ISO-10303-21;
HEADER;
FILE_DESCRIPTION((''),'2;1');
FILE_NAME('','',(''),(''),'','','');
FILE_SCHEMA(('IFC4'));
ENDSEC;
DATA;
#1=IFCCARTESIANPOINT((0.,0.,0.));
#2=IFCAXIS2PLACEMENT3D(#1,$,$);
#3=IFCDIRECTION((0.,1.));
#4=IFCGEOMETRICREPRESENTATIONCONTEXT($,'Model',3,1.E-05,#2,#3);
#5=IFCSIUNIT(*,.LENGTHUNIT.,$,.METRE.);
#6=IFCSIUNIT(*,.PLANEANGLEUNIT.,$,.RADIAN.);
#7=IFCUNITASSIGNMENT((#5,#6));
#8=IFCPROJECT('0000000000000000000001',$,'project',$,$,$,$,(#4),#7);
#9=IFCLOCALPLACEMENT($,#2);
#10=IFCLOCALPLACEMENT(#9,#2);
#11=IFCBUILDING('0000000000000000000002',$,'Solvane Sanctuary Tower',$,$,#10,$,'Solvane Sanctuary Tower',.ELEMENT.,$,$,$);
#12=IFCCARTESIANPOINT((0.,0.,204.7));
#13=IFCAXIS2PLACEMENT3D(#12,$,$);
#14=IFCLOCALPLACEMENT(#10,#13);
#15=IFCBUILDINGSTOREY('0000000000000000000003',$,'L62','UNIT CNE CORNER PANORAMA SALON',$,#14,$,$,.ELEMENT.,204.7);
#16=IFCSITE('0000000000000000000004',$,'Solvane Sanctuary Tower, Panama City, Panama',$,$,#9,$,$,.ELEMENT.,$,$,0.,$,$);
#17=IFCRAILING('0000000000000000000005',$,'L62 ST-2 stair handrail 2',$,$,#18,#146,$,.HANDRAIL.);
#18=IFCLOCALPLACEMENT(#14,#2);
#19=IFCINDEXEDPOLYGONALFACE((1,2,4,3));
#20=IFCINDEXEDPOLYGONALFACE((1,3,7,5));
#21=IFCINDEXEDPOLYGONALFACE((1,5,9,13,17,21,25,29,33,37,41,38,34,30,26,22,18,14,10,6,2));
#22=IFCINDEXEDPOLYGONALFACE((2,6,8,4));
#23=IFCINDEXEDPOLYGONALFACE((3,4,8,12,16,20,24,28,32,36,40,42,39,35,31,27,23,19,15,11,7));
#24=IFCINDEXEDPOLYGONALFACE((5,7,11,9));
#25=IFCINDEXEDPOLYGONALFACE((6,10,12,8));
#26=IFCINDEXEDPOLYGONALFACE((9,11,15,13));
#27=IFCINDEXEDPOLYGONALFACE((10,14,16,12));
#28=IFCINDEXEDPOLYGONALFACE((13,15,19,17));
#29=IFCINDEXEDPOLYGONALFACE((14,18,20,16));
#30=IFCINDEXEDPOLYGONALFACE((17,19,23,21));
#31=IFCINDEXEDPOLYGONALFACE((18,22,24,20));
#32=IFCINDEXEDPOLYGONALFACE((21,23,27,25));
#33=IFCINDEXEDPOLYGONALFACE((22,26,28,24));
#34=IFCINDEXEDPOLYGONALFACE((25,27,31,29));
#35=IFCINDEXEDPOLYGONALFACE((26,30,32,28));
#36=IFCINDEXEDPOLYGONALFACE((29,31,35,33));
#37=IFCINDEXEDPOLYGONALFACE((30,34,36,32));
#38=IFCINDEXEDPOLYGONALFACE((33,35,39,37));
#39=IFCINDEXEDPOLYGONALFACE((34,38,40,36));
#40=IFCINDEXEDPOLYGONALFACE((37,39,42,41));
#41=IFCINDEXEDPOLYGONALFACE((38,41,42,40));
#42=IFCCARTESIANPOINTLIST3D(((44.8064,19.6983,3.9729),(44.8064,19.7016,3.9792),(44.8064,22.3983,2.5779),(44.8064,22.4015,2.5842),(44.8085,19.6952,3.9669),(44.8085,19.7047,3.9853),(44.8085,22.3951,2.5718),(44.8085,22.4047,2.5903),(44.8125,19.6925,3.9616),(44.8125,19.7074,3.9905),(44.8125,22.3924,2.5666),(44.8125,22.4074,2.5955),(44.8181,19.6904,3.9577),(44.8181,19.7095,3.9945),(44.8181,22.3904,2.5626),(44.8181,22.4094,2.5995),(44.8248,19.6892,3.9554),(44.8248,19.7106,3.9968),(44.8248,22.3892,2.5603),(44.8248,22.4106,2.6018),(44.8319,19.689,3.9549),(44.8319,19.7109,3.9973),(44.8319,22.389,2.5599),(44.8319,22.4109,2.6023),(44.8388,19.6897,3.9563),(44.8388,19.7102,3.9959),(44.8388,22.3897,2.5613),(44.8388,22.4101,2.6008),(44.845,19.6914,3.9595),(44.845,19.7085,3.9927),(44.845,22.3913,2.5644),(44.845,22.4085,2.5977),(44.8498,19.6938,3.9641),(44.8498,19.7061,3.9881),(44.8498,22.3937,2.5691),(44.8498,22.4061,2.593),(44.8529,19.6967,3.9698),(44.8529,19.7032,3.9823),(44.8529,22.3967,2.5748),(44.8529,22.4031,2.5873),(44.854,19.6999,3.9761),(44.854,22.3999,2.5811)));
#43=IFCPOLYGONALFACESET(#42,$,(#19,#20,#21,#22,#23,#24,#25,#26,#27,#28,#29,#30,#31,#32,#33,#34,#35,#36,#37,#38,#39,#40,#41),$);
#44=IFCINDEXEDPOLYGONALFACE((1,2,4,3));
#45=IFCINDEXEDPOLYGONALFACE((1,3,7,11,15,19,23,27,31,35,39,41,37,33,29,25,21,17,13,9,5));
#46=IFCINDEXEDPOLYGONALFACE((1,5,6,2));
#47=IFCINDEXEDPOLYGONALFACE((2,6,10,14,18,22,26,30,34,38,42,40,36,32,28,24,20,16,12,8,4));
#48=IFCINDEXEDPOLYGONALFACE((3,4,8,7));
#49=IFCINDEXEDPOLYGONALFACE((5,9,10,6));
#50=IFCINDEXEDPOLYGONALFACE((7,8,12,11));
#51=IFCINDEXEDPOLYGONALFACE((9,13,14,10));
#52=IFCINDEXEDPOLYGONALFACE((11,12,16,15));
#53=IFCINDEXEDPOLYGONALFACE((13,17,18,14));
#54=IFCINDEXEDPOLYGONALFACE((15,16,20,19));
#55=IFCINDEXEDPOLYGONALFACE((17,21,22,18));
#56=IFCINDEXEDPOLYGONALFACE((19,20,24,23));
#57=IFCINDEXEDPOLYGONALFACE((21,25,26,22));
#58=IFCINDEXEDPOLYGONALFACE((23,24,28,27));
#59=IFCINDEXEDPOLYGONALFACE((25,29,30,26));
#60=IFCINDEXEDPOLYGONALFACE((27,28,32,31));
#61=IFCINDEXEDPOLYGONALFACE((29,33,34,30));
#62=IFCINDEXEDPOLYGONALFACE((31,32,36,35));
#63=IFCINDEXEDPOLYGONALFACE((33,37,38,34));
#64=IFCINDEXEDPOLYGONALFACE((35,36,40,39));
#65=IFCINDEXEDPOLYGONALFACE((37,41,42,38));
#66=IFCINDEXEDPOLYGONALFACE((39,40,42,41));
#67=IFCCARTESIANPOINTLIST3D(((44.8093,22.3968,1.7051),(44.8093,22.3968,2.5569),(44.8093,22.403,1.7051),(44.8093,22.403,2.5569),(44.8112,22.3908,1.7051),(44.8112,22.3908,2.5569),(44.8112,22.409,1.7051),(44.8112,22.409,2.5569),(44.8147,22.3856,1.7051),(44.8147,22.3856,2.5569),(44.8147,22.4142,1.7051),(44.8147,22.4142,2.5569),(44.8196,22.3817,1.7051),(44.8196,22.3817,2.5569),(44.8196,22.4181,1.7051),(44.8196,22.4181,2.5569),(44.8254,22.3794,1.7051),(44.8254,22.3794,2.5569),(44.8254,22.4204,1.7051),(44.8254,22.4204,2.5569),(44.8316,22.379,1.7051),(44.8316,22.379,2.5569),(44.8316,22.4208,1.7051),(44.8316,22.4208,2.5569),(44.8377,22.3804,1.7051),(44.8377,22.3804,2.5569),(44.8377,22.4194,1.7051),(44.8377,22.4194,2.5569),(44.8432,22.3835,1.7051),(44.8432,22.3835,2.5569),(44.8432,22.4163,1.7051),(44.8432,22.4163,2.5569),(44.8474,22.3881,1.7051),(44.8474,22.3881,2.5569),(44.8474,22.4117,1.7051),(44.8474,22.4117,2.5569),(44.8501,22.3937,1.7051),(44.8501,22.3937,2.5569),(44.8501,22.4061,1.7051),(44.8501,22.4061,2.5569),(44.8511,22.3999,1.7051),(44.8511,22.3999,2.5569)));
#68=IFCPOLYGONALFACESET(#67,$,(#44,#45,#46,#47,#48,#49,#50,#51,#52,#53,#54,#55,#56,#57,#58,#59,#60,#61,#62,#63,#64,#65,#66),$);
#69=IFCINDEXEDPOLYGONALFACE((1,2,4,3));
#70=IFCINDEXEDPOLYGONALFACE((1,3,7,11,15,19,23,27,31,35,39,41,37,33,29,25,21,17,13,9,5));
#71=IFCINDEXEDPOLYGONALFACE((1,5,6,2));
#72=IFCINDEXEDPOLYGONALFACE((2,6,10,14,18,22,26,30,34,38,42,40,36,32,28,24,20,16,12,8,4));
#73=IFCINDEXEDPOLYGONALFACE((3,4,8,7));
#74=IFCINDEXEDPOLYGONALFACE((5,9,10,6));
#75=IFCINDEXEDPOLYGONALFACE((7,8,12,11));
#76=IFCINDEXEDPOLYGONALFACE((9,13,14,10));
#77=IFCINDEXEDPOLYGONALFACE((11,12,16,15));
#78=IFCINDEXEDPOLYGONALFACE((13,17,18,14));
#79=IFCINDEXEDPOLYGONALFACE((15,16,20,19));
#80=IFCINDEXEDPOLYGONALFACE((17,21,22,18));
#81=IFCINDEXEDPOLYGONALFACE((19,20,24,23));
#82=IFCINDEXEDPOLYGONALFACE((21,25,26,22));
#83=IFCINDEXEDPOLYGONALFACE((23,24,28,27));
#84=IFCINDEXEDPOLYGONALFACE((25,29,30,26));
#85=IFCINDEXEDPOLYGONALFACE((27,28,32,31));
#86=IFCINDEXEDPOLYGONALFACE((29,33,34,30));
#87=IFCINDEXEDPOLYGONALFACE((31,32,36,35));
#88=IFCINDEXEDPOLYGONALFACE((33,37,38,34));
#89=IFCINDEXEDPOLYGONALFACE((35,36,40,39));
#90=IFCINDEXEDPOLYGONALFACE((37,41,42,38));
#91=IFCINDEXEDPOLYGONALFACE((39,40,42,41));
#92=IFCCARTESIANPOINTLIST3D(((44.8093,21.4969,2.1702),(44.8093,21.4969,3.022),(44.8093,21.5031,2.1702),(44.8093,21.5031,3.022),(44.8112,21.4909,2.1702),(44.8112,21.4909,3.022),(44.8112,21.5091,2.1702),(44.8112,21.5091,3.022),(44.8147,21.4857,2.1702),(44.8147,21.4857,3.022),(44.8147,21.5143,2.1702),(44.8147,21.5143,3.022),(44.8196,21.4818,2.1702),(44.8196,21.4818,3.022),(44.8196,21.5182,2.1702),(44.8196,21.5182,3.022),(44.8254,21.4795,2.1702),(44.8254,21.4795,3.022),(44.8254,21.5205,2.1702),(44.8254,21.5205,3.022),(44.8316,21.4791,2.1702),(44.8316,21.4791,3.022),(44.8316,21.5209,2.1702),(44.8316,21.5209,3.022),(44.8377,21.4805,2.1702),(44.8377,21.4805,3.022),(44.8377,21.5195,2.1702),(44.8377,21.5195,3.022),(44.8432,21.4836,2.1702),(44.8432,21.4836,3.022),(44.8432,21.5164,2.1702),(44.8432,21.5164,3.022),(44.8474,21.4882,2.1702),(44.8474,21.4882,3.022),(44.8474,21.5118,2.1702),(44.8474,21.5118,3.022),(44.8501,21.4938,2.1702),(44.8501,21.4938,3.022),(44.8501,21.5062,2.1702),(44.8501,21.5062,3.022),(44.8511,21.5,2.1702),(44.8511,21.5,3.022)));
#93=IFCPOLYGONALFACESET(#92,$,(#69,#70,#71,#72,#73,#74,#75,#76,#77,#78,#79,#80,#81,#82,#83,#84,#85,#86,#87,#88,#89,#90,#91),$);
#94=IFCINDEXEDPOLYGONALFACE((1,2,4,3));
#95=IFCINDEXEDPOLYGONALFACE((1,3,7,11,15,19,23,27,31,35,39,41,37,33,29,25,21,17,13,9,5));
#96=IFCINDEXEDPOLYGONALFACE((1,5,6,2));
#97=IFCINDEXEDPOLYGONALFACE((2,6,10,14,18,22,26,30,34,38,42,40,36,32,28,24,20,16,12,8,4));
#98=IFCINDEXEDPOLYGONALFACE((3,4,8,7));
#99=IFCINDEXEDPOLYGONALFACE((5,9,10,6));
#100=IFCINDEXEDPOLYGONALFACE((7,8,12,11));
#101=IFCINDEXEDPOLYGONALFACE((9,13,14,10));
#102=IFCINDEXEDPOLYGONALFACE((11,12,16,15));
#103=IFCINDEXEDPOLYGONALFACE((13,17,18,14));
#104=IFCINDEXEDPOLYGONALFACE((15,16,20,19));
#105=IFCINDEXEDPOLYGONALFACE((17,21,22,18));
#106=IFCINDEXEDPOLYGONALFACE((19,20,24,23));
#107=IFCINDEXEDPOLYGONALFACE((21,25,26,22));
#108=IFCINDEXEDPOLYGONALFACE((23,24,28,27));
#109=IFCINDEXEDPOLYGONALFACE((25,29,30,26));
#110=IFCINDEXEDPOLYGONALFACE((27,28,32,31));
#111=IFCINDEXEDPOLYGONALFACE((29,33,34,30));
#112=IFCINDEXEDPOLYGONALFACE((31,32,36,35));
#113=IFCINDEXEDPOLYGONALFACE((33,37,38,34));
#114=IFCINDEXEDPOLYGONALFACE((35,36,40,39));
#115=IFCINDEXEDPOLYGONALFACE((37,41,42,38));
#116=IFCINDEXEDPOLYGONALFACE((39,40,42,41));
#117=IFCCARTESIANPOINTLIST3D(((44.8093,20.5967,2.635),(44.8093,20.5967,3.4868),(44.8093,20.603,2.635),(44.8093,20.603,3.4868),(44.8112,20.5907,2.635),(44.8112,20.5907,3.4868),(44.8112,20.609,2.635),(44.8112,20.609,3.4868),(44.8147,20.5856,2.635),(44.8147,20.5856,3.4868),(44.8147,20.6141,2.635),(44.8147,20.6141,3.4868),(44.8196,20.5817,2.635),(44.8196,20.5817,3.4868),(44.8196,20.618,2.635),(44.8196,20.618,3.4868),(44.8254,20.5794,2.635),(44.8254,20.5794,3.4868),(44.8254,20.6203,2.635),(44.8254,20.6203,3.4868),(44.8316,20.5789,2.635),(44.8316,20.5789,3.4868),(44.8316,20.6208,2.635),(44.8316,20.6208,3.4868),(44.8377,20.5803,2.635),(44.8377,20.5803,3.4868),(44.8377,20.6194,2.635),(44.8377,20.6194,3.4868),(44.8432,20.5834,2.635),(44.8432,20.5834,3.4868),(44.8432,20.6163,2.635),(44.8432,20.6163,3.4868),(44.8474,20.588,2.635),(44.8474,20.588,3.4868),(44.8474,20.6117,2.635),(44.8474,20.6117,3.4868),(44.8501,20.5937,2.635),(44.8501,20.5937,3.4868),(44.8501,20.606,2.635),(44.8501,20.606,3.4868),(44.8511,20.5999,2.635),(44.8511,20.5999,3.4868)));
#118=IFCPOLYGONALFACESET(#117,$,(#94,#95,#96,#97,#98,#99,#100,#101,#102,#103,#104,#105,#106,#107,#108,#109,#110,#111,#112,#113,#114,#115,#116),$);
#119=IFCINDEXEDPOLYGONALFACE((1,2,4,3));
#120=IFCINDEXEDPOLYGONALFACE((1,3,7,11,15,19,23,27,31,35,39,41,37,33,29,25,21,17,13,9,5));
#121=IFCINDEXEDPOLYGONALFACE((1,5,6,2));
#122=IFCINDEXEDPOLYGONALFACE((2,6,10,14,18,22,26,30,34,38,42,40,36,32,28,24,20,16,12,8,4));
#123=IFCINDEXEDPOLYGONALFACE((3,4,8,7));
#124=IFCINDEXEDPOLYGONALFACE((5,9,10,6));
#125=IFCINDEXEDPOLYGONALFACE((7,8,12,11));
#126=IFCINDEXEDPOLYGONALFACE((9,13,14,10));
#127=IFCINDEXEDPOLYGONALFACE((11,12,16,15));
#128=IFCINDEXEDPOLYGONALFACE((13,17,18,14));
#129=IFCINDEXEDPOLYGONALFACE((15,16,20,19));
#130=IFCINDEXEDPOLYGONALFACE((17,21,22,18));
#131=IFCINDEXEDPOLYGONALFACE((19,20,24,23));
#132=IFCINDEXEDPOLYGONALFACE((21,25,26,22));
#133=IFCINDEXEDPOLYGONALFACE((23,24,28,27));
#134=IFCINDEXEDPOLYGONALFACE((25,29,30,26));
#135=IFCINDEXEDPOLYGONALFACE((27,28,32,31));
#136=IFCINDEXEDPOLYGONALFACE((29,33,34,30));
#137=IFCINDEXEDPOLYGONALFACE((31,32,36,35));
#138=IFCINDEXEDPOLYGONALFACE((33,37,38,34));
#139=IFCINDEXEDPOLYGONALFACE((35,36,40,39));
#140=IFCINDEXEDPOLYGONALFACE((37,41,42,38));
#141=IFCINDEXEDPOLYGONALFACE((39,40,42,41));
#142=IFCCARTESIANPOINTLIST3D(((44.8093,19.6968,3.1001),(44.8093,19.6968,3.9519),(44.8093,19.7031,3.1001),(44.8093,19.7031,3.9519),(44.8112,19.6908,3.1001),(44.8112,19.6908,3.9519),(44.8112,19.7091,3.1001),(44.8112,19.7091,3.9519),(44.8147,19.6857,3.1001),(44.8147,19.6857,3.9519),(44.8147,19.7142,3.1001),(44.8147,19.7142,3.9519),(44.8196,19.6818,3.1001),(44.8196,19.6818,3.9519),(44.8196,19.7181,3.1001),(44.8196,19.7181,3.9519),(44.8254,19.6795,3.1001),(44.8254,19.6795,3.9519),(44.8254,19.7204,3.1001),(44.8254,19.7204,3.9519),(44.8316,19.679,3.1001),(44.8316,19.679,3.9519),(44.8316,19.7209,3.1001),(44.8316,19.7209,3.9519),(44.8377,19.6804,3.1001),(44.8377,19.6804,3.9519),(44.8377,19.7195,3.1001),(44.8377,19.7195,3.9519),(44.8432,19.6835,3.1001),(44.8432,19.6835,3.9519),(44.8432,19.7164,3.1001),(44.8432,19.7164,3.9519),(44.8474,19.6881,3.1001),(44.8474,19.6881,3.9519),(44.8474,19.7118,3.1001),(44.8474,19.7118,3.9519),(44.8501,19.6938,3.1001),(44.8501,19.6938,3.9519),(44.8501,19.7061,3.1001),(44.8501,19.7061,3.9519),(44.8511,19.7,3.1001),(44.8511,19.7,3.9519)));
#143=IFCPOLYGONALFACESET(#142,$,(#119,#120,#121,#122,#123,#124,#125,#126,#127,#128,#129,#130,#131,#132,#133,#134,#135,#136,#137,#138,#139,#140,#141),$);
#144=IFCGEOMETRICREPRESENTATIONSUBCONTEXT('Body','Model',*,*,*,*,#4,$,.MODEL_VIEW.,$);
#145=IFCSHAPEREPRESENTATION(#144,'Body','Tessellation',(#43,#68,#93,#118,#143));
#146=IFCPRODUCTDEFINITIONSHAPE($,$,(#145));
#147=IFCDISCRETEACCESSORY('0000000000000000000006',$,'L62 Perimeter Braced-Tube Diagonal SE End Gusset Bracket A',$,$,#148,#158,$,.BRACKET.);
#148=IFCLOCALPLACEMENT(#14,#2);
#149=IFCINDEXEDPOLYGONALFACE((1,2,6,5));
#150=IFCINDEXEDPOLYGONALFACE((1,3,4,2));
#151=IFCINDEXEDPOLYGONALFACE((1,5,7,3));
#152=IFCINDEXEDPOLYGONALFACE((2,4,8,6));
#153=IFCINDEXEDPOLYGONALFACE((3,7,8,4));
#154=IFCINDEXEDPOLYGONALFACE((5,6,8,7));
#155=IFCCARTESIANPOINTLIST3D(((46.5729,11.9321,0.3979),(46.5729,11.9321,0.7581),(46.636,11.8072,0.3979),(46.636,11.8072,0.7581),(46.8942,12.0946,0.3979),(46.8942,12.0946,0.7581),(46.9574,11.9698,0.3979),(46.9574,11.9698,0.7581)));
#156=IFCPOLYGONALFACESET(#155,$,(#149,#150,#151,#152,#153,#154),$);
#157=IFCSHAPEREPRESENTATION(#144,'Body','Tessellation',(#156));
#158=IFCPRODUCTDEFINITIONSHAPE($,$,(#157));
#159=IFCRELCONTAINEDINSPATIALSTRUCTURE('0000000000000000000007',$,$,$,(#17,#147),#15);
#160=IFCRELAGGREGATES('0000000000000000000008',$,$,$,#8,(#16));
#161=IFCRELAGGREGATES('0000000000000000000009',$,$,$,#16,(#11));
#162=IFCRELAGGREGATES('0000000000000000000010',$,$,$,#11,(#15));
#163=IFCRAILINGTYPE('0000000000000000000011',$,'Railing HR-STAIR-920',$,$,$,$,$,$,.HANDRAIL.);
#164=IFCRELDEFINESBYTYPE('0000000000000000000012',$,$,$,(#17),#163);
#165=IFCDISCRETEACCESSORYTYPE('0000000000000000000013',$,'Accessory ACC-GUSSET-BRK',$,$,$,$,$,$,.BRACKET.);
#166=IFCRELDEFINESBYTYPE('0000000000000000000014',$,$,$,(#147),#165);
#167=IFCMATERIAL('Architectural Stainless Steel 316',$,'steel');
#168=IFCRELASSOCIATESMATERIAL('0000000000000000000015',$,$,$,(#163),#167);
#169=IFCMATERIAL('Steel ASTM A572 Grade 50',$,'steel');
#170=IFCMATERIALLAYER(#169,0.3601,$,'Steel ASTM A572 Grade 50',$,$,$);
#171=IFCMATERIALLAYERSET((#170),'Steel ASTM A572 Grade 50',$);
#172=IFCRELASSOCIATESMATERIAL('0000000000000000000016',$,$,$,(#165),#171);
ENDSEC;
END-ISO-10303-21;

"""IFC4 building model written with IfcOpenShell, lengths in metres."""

from ifc_helpers import new_model, si_unit, direction, frame, origin, origin_2d, place, context, subcontext, project, spatial, rectangle, circle, extrude, material, layer, layer_set, type_object, element, save


model = new_model("IFC4")

# Units and contexts
model_context = context("Model", 3, precision=1e-05, world=origin(), true_north=direction((0.0, 1.0)))
body_context = subcontext(model_context, "Body", "Model", "MODEL_VIEW")
ifc_project = project(units=[si_unit("LENGTHUNIT", "METRE"), si_unit("PLANEANGLEUNIT", "RADIAN")], contexts=[model_context])

# Site, building, storey
site_placement = place(None, origin())
site = spatial("IfcSite", under=ifc_project, at=site_placement, Name="Solvane Sanctuary Tower, Panama City, Panama", CompositionType="ELEMENT", RefElevation=0.0)
building_placement = place(site_placement, origin())
building = spatial("IfcBuilding", under=site, at=building_placement, Name="Solvane Sanctuary Tower", LongName="Solvane Sanctuary Tower", CompositionType="ELEMENT")
storey_placement = place(building_placement, frame((0.0, 0.0, 204.7)))
storey = spatial("IfcBuildingStorey", under=building, at=storey_placement, Name="L62", Description="UNIT CNE CORNER PANORAMA SALON", CompositionType="ELEMENT", Elevation=204.7)

# Shared definitions
ifc_material_1 = material(Name="Architectural Stainless Steel 316", Category="steel")

# Railing
railing_type_1 = type_object("IfcRailingType", Name="Railing HR-STAIR-920", PredefinedType="HANDRAIL", material=ifc_material_1)
railing_1_placement = place(storey_placement, frame((44.8301, 22.3999, 1.7051)))
element("IfcRailing", 1, at=railing_1_placement, inside=storey, type_object=railing_type_1, Name="L62 ST-2 stair handrail 2", PredefinedType="HANDRAIL", context=body_context, shape_type="SweptSolid", body=[
    extrude(circle(Radius=0.0239, at=origin_2d()), frame((0.0, 0.0, 0.876), z_axis=(0.0, -0.88842, 0.459032), x_axis=(1.0, 0.0, 0.0)), (0.0, 0.0, 1.0), 3.0391),
    extrude(circle(Radius=0.021, at=origin_2d()), origin(), (0.0, 0.0, 1.0), 0.8518),
    extrude(circle(Radius=0.021, at=origin_2d()), frame((0.0, -0.8999, 0.4651)), (0.0, 0.0, 1.0), 0.8518),
    extrude(circle(Radius=0.021, at=origin_2d()), frame((0.0, -1.8, 0.9299)), (0.0, 0.0, 1.0), 0.8518),
    extrude(circle(Radius=0.021, at=origin_2d()), frame((0.0, -2.7, 1.395)), (0.0, 0.0, 1.0), 0.8518),
])

# Discrete accessory
ifc_material_2 = material(Name="Steel ASTM A572 Grade 50", Category="steel")
ifc_layer_1 = layer(ifc_material_2, 0.3601, Name="Steel ASTM A572 Grade 50")
ifc_layer_set_1 = layer_set([ifc_layer_1], Name="Steel ASTM A572 Grade 50")
discrete_accessory_type = type_object("IfcDiscreteAccessoryType", Name="Accessory ACC-GUSSET-BRK", PredefinedType="BRACKET", material=ifc_layer_set_1)
discrete_accessory_placement = place(storey_placement, frame((46.7651, 11.9509, 0.3979), z_axis=(0.0, 0.0, 1.0), x_axis=(-0.89235, -0.451345, 0.0)))
element("IfcDiscreteAccessory", 2, at=discrete_accessory_placement, inside=storey, type_object=discrete_accessory_type, Name="L62 Perimeter Braced-Tube Diagonal SE End Gusset Bracket A", PredefinedType="BRACKET", context=body_context, shape_type="SweptSolid", body=[
    extrude(rectangle(XDim=0.3601, YDim=0.1399, at=origin_2d()), origin(), (0.0, 0.0, 1.0), 0.3601),
])

save(model, "model.ifc")
